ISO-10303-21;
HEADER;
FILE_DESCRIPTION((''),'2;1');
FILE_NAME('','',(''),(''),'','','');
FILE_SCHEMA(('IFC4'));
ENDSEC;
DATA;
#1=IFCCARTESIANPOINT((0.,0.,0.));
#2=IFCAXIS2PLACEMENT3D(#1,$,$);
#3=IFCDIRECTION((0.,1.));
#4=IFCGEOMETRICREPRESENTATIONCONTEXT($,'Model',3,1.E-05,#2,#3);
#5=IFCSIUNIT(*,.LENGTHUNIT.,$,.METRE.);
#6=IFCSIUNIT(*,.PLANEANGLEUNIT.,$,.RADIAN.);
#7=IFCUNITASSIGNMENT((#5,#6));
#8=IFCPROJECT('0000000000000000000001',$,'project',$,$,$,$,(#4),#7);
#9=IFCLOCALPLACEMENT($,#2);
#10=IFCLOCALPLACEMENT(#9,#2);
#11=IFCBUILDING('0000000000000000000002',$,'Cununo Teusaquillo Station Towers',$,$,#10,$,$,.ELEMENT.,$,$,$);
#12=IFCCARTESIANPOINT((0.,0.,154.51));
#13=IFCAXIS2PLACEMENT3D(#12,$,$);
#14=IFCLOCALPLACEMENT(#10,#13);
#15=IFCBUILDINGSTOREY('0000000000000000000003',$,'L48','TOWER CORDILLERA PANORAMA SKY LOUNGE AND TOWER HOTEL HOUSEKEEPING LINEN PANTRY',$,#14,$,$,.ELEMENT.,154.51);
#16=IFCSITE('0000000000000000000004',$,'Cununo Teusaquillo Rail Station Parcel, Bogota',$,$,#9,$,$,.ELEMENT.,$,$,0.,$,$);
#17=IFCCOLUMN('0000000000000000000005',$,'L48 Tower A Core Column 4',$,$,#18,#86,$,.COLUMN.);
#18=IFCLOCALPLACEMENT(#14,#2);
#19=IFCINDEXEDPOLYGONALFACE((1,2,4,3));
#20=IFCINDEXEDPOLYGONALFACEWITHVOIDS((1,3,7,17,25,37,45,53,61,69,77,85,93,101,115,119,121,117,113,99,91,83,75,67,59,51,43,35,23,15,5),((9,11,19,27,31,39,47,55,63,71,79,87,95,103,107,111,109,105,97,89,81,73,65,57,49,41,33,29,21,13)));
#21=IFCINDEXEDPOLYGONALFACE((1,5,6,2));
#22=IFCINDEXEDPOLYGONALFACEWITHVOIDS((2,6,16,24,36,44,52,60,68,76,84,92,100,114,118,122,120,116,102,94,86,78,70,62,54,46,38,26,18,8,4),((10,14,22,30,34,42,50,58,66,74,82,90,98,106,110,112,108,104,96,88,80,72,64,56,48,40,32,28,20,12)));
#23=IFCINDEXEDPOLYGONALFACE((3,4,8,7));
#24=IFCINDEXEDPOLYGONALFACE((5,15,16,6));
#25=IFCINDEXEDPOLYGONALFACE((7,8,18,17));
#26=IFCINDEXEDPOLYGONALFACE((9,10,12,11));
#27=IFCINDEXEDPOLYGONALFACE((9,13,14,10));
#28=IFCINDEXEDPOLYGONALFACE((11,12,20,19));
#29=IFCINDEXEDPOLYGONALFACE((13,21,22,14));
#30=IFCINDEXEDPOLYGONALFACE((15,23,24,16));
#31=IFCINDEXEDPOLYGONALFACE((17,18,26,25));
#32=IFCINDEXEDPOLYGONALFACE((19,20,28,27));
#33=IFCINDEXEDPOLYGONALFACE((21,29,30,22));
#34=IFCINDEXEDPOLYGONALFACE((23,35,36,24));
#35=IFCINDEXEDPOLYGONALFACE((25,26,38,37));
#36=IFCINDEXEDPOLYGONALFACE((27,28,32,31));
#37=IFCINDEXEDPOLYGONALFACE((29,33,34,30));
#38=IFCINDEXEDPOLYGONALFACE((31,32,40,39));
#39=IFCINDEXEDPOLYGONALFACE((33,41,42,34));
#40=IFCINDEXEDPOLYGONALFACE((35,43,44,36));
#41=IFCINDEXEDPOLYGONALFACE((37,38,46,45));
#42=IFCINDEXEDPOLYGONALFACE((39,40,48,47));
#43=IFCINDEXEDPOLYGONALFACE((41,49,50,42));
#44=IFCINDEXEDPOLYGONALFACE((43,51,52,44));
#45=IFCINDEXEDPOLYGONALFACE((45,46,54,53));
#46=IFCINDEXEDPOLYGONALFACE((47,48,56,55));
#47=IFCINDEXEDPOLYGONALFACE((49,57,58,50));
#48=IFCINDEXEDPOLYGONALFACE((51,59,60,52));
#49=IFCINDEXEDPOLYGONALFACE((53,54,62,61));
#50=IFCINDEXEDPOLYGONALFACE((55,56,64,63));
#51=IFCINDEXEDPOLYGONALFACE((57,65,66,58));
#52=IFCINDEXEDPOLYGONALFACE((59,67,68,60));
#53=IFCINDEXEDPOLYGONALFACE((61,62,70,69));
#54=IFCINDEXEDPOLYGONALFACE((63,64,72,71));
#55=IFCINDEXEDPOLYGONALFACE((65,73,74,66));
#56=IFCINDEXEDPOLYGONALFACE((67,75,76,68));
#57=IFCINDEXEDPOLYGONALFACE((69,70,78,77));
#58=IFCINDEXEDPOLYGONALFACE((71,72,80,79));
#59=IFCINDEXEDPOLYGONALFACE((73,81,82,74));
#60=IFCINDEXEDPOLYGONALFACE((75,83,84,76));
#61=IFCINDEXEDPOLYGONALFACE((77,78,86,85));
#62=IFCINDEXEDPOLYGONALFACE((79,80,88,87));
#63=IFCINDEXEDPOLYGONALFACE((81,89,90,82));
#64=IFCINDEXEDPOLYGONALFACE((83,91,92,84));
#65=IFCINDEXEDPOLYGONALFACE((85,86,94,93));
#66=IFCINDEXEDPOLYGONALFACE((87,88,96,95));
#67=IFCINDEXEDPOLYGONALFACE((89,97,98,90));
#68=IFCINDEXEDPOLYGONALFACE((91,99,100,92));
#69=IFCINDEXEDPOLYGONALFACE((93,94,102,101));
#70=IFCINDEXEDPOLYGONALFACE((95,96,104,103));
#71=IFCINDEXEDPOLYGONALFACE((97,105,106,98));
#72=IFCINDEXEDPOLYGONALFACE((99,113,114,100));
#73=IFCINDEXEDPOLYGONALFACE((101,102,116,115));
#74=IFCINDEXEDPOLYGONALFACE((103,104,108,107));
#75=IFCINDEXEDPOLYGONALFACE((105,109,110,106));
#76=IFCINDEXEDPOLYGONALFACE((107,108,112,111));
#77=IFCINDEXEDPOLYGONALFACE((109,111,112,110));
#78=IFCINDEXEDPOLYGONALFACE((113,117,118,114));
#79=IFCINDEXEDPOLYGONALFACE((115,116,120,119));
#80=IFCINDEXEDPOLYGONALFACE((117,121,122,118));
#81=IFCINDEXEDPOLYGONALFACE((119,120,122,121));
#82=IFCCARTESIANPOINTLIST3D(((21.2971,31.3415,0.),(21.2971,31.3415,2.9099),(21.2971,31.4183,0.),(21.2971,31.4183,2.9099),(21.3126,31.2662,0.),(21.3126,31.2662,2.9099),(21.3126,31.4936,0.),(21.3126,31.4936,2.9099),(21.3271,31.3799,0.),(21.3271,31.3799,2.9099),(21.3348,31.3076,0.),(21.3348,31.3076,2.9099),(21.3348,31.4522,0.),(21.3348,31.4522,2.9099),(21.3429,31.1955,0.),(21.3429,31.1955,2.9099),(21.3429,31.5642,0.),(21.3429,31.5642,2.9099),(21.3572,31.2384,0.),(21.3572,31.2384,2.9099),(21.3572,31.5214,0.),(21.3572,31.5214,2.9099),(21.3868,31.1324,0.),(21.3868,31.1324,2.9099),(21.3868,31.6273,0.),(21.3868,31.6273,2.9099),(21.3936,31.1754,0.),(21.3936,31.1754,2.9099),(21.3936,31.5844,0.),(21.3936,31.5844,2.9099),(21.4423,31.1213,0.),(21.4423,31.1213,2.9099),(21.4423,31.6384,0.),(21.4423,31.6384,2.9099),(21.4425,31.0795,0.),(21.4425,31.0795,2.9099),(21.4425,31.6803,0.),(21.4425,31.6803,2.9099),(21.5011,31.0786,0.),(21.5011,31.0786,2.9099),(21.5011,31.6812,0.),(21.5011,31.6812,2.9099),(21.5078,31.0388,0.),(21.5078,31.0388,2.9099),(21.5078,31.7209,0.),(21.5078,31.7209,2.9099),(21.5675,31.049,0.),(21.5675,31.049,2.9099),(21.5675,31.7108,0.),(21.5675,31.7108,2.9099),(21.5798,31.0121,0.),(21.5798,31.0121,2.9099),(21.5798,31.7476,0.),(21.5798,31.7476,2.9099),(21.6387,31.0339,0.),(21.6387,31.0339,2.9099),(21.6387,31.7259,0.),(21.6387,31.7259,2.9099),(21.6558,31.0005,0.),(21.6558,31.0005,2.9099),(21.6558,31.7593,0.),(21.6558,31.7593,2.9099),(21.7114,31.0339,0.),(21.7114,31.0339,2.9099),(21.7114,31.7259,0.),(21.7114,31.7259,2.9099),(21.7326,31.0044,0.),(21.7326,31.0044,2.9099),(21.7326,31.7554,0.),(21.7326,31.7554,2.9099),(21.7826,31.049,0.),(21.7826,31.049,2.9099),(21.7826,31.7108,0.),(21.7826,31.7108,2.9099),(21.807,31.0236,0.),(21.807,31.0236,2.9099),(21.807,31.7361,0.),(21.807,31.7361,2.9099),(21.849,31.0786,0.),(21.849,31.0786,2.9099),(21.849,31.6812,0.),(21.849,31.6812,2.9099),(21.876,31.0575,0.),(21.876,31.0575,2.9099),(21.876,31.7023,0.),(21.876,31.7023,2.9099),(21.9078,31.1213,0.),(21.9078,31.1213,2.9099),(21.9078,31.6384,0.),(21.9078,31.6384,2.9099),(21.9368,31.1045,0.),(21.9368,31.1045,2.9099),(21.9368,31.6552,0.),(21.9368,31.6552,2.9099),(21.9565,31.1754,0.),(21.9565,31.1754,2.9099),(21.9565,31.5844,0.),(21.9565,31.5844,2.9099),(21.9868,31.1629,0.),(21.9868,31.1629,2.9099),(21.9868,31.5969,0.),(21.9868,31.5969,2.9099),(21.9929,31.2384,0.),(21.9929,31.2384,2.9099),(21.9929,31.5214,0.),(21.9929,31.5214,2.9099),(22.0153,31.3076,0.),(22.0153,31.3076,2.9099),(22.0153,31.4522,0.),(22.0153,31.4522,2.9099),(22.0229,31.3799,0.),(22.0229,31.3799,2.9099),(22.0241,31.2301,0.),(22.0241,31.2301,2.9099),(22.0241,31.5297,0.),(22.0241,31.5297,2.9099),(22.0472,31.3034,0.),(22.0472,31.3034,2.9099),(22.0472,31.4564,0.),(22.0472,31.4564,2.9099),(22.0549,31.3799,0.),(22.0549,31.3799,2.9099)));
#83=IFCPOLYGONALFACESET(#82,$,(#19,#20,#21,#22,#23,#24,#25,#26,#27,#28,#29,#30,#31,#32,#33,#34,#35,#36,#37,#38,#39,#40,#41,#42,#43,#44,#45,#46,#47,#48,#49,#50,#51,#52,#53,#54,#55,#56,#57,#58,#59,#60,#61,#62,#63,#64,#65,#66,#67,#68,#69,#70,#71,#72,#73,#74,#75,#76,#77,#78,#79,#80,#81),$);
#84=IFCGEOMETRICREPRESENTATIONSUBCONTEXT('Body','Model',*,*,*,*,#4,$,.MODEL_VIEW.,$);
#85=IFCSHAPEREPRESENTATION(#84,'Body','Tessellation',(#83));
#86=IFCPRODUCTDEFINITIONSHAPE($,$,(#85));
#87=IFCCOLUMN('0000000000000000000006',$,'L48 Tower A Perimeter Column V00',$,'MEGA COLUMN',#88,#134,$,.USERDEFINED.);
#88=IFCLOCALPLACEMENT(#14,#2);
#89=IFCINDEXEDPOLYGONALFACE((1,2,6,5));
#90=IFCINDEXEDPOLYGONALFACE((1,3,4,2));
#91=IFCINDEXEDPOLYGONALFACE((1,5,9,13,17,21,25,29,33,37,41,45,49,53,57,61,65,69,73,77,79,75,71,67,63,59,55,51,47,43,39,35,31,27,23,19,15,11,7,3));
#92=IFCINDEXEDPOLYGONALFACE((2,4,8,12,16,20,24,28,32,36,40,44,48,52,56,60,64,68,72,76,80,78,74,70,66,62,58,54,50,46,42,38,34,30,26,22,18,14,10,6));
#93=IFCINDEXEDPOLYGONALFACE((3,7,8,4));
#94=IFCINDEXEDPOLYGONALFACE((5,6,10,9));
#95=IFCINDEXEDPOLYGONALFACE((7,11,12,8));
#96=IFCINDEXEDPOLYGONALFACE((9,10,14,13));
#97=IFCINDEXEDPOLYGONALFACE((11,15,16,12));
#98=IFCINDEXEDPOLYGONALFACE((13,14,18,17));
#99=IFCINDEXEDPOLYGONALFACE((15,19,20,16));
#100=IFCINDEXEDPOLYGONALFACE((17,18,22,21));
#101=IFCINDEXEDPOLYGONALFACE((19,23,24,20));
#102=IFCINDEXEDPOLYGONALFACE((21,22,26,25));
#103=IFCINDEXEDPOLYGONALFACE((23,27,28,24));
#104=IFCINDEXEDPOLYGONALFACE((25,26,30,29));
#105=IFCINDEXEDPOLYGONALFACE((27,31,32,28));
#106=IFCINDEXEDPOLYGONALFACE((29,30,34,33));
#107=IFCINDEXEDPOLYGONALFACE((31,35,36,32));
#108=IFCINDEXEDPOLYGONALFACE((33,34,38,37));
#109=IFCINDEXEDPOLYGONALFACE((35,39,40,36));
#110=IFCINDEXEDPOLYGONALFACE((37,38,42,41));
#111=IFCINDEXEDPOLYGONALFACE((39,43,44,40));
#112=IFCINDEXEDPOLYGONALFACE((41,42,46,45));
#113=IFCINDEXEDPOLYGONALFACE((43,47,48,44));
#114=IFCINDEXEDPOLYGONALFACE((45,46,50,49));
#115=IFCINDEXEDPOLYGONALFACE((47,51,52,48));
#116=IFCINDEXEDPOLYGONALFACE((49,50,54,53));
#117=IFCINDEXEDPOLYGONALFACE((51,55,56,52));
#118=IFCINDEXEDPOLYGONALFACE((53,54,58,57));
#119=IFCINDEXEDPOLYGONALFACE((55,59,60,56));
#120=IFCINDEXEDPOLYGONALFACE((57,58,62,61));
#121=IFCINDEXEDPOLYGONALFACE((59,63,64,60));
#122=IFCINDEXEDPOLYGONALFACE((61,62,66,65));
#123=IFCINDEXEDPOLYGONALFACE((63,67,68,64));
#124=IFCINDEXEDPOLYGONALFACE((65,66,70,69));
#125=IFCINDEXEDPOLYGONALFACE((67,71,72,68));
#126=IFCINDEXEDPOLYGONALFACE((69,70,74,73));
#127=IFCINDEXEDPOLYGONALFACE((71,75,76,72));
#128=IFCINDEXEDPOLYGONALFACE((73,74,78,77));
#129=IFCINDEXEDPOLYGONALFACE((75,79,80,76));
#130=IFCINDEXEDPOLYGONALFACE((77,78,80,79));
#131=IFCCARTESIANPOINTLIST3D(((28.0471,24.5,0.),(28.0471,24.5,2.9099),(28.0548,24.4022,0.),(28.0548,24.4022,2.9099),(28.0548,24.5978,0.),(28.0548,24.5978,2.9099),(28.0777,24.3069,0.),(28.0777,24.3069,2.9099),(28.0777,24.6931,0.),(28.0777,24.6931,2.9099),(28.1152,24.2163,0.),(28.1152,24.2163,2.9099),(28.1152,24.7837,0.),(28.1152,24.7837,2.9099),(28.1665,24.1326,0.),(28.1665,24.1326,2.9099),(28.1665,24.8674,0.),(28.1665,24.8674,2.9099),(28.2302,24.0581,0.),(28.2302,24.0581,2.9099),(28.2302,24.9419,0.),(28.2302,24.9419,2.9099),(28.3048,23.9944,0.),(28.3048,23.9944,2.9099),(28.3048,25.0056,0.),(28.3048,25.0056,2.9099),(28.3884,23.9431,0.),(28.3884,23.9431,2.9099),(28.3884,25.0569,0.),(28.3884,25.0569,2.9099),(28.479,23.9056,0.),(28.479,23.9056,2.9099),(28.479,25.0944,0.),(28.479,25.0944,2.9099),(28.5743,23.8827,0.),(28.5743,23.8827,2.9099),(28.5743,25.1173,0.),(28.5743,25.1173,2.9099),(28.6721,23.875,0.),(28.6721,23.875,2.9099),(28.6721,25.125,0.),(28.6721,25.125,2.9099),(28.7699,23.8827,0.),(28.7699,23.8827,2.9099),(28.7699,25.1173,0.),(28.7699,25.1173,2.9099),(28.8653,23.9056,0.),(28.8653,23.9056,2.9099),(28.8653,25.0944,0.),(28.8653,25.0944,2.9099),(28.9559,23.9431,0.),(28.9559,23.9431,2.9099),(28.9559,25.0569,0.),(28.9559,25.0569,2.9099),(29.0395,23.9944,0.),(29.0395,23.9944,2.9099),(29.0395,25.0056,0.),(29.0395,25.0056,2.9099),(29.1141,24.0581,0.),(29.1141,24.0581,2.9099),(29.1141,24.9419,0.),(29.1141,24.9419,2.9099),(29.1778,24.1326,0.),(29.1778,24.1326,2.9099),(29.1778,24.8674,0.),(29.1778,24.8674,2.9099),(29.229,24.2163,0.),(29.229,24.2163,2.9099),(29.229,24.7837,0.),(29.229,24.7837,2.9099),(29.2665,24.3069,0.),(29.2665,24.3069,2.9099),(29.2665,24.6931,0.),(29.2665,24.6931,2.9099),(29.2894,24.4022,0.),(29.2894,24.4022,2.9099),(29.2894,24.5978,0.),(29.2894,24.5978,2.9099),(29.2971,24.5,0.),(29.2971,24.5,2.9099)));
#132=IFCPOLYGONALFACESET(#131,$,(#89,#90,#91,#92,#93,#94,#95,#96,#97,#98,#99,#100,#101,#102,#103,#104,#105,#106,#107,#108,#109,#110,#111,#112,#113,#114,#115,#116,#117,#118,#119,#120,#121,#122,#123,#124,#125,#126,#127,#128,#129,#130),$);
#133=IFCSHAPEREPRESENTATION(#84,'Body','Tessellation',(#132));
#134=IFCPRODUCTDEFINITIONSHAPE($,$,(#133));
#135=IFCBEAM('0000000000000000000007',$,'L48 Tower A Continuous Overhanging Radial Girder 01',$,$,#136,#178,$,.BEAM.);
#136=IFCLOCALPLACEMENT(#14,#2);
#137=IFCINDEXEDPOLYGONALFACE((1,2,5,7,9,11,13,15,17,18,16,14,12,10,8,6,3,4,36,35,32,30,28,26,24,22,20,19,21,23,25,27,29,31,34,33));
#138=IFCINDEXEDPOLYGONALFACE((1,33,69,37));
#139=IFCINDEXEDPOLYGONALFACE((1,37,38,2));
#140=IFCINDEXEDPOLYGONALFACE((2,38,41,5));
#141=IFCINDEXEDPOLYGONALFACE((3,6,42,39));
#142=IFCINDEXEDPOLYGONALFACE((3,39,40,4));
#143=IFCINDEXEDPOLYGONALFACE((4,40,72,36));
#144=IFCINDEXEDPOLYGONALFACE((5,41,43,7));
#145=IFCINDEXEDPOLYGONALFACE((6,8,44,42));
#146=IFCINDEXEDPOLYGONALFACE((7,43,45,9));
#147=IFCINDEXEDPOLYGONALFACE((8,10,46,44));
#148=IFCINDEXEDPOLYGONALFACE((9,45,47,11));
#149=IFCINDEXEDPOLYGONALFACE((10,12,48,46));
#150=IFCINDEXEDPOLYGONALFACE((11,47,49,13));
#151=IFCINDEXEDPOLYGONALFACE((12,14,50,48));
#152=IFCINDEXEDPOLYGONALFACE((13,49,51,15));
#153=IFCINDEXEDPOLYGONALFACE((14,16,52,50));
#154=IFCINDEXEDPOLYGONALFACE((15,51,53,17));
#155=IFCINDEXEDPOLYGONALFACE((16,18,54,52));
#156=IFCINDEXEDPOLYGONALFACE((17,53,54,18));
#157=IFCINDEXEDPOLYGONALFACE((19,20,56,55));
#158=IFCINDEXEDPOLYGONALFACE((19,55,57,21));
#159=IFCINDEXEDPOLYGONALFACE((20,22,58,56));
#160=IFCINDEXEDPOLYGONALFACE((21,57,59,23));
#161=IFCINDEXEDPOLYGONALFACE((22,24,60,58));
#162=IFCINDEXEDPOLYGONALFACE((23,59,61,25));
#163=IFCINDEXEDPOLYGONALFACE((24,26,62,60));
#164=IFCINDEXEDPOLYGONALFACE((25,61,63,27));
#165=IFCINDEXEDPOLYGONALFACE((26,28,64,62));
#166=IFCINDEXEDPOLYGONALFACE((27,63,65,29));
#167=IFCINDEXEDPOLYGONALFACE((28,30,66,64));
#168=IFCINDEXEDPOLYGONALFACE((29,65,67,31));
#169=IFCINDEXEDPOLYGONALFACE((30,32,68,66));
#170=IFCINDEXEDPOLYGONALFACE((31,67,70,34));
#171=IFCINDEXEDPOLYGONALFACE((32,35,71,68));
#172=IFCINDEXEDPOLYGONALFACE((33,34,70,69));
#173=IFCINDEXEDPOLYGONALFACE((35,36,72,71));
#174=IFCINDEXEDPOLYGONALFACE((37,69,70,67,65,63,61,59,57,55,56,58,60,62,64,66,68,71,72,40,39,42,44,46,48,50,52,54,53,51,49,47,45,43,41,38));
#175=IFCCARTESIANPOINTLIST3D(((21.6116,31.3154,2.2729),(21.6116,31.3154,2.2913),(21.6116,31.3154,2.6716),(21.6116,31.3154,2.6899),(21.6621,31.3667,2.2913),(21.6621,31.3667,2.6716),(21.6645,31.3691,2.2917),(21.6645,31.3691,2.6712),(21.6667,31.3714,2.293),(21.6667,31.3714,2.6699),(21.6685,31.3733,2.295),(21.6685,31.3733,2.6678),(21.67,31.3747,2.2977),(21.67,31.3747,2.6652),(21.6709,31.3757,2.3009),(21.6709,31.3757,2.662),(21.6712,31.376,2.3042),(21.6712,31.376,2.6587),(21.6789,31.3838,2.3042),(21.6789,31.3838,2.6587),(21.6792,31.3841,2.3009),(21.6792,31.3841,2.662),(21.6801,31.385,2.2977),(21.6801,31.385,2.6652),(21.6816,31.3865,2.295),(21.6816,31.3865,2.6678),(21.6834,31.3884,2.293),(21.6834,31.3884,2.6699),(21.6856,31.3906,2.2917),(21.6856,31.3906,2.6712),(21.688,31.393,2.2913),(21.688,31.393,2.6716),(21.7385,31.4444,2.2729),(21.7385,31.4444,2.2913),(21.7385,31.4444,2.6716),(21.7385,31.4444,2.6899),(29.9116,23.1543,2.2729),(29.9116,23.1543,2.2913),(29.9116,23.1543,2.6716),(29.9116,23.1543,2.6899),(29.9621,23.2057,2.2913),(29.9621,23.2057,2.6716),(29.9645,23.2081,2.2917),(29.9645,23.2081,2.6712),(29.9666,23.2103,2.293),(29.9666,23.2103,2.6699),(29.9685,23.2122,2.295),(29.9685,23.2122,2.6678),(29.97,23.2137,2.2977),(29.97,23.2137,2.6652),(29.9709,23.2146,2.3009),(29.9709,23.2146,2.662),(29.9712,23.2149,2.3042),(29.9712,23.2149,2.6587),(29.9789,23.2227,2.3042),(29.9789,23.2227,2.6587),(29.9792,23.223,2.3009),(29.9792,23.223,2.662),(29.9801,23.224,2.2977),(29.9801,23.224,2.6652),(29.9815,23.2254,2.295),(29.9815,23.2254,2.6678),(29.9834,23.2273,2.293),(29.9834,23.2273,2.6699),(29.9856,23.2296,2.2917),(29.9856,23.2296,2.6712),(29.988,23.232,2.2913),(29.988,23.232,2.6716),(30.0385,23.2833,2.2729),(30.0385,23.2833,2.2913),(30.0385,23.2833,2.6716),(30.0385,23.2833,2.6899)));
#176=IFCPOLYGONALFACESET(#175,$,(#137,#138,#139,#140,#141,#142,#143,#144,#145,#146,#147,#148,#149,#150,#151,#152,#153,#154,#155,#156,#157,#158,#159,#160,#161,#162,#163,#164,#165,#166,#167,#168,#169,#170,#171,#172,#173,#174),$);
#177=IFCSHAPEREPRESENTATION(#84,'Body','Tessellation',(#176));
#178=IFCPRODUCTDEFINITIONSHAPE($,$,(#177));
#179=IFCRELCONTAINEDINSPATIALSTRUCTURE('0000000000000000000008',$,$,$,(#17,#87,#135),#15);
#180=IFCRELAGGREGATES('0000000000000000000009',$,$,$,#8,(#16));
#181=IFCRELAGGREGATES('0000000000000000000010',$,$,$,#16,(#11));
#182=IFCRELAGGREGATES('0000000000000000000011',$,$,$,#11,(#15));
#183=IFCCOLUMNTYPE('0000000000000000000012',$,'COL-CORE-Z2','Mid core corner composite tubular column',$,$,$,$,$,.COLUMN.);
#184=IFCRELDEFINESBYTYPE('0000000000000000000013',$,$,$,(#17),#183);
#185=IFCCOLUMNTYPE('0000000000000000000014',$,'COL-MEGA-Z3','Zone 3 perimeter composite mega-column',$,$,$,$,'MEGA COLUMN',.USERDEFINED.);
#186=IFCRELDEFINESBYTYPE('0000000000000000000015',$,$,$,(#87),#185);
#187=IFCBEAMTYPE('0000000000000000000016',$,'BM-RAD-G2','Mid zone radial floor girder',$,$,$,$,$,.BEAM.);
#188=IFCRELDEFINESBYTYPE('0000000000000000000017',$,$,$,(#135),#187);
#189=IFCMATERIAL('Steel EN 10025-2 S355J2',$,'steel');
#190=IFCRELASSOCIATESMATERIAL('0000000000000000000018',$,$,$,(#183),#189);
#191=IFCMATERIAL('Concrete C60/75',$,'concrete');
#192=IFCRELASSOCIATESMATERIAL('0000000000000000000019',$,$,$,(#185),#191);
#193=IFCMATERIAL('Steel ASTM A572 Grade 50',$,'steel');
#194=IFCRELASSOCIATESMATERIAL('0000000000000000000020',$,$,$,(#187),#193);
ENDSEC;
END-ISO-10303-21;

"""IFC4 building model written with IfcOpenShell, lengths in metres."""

from ifc_helpers import new_model, si_unit, direction, frame, origin, origin_2d, place, context, subcontext, project, spatial, circle, hollow_circle, i_section, extrude, material, material_profile, profile_set, type_object, element, save


model = new_model("IFC4")

# Units and contexts
model_context = context("Model", 3, precision=1e-05, world=origin(), true_north=direction((0.0, 1.0)))
body_context = subcontext(model_context, "Body", "Model", "MODEL_VIEW")
ifc_project = project(units=[si_unit("LENGTHUNIT", "METRE"), si_unit("PLANEANGLEUNIT", "RADIAN")], contexts=[model_context])

# Site, building, storey
site_placement = place(None, origin())
site = spatial("IfcSite", under=ifc_project, at=site_placement, Name="Cununo Teusaquillo Rail Station Parcel, Bogota", CompositionType="ELEMENT", RefElevation=0.0)
building_placement = place(site_placement, origin())
building = spatial("IfcBuilding", under=site, at=building_placement, Name="Cununo Teusaquillo Station Towers", CompositionType="ELEMENT")
storey_placement = place(building_placement, frame((0.0, 0.0, 154.51)))
storey = spatial("IfcBuildingStorey", under=building, at=storey_placement, Name="L48", Description="TOWER CORDILLERA PANORAMA SKY LOUNGE AND TOWER HOTEL HOUSEKEEPING LINEN PANTRY", CompositionType="ELEMENT", Elevation=154.51)

# Columns
ifc_material_1 = material(Name="Steel EN 10025-2 S355J2", Category="steel")
ifc_material_profile_1 = material_profile(ifc_material_1, hollow_circle(Radius=0.3799, WallThickness=0.032, at=origin_2d()), Name="CHS 760x32")
ifc_profile_set_1 = profile_set([ifc_material_profile_1], Name="Steel EN 10025-2 S355J2")
column_type_1 = type_object("IfcColumnType", Name="COL-CORE-Z2", Description="Mid core corner composite tubular column", PredefinedType="COLUMN", material=ifc_profile_set_1)
column_1_placement = place(storey_placement, frame((21.675, 31.3799, 0.0), z_axis=(0.0, 0.0, 1.0), x_axis=(1.0, 0.0, 0.0)))
element("IfcColumn", 1, at=column_1_placement, inside=storey, type_object=column_type_1, Name="L48 Tower A Core Column 4", PredefinedType="COLUMN", context=body_context, shape_type="SweptSolid", body=[
    extrude(hollow_circle(Radius=0.3799, WallThickness=0.032, at=origin_2d()), origin(), (0.0, 0.0, 1.0), 2.9099),
])
ifc_material_2 = material(Name="Concrete C60/75", Category="concrete")
ifc_material_profile_2 = material_profile(ifc_material_2, circle(Radius=0.625, at=origin_2d()), Name="RC-CIRC-1250")
ifc_profile_set_2 = profile_set([ifc_material_profile_2], Name="Concrete C60/75")
column_type_2 = type_object("IfcColumnType", Name="COL-MEGA-Z3", Description="Zone 3 perimeter composite mega-column", ElementType="MEGA COLUMN", PredefinedType="USERDEFINED", material=ifc_profile_set_2)
column_2_placement = place(storey_placement, frame((28.6721, 24.5, 0.0), z_axis=(0.0, 0.0, 1.0), x_axis=(1.0, 0.0, 0.0)))
element("IfcColumn", 2, at=column_2_placement, inside=storey, type_object=column_type_2, Name="L48 Tower A Perimeter Column V00", ObjectType="MEGA COLUMN", PredefinedType="USERDEFINED", context=body_context, shape_type="SweptSolid", body=[
    extrude(circle(Radius=0.625, at=origin_2d()), origin(), (0.0, 0.0, 1.0), 2.9099),
])

# Beam
ifc_material_3 = material(Name="Steel ASTM A572 Grade 50", Category="steel")
ifc_material_profile_3 = material_profile(ifc_material_3, i_section(OverallWidth=0.1809, OverallDepth=0.417, WebThickness=0.011, FlangeThickness=0.0183, FilletRadius=0.0129, at=origin_2d()), Name="W16X57")
ifc_profile_set_3 = profile_set([ifc_material_profile_3], Name="Steel ASTM A572 Grade 50")
beam_type_1 = type_object("IfcBeamType", Name="BM-RAD-G2", Description="Mid zone radial floor girder", PredefinedType="BEAM", material=ifc_profile_set_3)
beam_1_placement = place(storey_placement, frame((21.675, 31.3799, 2.4814), z_axis=(0.713049, -0.701115, 0.0), x_axis=(0.701115, 0.713049, 0.0)))
element("IfcBeam", 3, at=beam_1_placement, inside=storey, type_object=beam_type_1, Name="L48 Tower A Continuous Overhanging Radial Girder 01", PredefinedType="BEAM", context=body_context, shape_type="SweptSolid", body=[
    extrude(i_section(OverallWidth=0.1809, OverallDepth=0.417, WebThickness=0.011, FlangeThickness=0.0183, FilletRadius=0.0129, at=origin_2d()), origin(), (0.0, 0.0, 1.0), 11.6401),
])

save(model, "model.ifc")
